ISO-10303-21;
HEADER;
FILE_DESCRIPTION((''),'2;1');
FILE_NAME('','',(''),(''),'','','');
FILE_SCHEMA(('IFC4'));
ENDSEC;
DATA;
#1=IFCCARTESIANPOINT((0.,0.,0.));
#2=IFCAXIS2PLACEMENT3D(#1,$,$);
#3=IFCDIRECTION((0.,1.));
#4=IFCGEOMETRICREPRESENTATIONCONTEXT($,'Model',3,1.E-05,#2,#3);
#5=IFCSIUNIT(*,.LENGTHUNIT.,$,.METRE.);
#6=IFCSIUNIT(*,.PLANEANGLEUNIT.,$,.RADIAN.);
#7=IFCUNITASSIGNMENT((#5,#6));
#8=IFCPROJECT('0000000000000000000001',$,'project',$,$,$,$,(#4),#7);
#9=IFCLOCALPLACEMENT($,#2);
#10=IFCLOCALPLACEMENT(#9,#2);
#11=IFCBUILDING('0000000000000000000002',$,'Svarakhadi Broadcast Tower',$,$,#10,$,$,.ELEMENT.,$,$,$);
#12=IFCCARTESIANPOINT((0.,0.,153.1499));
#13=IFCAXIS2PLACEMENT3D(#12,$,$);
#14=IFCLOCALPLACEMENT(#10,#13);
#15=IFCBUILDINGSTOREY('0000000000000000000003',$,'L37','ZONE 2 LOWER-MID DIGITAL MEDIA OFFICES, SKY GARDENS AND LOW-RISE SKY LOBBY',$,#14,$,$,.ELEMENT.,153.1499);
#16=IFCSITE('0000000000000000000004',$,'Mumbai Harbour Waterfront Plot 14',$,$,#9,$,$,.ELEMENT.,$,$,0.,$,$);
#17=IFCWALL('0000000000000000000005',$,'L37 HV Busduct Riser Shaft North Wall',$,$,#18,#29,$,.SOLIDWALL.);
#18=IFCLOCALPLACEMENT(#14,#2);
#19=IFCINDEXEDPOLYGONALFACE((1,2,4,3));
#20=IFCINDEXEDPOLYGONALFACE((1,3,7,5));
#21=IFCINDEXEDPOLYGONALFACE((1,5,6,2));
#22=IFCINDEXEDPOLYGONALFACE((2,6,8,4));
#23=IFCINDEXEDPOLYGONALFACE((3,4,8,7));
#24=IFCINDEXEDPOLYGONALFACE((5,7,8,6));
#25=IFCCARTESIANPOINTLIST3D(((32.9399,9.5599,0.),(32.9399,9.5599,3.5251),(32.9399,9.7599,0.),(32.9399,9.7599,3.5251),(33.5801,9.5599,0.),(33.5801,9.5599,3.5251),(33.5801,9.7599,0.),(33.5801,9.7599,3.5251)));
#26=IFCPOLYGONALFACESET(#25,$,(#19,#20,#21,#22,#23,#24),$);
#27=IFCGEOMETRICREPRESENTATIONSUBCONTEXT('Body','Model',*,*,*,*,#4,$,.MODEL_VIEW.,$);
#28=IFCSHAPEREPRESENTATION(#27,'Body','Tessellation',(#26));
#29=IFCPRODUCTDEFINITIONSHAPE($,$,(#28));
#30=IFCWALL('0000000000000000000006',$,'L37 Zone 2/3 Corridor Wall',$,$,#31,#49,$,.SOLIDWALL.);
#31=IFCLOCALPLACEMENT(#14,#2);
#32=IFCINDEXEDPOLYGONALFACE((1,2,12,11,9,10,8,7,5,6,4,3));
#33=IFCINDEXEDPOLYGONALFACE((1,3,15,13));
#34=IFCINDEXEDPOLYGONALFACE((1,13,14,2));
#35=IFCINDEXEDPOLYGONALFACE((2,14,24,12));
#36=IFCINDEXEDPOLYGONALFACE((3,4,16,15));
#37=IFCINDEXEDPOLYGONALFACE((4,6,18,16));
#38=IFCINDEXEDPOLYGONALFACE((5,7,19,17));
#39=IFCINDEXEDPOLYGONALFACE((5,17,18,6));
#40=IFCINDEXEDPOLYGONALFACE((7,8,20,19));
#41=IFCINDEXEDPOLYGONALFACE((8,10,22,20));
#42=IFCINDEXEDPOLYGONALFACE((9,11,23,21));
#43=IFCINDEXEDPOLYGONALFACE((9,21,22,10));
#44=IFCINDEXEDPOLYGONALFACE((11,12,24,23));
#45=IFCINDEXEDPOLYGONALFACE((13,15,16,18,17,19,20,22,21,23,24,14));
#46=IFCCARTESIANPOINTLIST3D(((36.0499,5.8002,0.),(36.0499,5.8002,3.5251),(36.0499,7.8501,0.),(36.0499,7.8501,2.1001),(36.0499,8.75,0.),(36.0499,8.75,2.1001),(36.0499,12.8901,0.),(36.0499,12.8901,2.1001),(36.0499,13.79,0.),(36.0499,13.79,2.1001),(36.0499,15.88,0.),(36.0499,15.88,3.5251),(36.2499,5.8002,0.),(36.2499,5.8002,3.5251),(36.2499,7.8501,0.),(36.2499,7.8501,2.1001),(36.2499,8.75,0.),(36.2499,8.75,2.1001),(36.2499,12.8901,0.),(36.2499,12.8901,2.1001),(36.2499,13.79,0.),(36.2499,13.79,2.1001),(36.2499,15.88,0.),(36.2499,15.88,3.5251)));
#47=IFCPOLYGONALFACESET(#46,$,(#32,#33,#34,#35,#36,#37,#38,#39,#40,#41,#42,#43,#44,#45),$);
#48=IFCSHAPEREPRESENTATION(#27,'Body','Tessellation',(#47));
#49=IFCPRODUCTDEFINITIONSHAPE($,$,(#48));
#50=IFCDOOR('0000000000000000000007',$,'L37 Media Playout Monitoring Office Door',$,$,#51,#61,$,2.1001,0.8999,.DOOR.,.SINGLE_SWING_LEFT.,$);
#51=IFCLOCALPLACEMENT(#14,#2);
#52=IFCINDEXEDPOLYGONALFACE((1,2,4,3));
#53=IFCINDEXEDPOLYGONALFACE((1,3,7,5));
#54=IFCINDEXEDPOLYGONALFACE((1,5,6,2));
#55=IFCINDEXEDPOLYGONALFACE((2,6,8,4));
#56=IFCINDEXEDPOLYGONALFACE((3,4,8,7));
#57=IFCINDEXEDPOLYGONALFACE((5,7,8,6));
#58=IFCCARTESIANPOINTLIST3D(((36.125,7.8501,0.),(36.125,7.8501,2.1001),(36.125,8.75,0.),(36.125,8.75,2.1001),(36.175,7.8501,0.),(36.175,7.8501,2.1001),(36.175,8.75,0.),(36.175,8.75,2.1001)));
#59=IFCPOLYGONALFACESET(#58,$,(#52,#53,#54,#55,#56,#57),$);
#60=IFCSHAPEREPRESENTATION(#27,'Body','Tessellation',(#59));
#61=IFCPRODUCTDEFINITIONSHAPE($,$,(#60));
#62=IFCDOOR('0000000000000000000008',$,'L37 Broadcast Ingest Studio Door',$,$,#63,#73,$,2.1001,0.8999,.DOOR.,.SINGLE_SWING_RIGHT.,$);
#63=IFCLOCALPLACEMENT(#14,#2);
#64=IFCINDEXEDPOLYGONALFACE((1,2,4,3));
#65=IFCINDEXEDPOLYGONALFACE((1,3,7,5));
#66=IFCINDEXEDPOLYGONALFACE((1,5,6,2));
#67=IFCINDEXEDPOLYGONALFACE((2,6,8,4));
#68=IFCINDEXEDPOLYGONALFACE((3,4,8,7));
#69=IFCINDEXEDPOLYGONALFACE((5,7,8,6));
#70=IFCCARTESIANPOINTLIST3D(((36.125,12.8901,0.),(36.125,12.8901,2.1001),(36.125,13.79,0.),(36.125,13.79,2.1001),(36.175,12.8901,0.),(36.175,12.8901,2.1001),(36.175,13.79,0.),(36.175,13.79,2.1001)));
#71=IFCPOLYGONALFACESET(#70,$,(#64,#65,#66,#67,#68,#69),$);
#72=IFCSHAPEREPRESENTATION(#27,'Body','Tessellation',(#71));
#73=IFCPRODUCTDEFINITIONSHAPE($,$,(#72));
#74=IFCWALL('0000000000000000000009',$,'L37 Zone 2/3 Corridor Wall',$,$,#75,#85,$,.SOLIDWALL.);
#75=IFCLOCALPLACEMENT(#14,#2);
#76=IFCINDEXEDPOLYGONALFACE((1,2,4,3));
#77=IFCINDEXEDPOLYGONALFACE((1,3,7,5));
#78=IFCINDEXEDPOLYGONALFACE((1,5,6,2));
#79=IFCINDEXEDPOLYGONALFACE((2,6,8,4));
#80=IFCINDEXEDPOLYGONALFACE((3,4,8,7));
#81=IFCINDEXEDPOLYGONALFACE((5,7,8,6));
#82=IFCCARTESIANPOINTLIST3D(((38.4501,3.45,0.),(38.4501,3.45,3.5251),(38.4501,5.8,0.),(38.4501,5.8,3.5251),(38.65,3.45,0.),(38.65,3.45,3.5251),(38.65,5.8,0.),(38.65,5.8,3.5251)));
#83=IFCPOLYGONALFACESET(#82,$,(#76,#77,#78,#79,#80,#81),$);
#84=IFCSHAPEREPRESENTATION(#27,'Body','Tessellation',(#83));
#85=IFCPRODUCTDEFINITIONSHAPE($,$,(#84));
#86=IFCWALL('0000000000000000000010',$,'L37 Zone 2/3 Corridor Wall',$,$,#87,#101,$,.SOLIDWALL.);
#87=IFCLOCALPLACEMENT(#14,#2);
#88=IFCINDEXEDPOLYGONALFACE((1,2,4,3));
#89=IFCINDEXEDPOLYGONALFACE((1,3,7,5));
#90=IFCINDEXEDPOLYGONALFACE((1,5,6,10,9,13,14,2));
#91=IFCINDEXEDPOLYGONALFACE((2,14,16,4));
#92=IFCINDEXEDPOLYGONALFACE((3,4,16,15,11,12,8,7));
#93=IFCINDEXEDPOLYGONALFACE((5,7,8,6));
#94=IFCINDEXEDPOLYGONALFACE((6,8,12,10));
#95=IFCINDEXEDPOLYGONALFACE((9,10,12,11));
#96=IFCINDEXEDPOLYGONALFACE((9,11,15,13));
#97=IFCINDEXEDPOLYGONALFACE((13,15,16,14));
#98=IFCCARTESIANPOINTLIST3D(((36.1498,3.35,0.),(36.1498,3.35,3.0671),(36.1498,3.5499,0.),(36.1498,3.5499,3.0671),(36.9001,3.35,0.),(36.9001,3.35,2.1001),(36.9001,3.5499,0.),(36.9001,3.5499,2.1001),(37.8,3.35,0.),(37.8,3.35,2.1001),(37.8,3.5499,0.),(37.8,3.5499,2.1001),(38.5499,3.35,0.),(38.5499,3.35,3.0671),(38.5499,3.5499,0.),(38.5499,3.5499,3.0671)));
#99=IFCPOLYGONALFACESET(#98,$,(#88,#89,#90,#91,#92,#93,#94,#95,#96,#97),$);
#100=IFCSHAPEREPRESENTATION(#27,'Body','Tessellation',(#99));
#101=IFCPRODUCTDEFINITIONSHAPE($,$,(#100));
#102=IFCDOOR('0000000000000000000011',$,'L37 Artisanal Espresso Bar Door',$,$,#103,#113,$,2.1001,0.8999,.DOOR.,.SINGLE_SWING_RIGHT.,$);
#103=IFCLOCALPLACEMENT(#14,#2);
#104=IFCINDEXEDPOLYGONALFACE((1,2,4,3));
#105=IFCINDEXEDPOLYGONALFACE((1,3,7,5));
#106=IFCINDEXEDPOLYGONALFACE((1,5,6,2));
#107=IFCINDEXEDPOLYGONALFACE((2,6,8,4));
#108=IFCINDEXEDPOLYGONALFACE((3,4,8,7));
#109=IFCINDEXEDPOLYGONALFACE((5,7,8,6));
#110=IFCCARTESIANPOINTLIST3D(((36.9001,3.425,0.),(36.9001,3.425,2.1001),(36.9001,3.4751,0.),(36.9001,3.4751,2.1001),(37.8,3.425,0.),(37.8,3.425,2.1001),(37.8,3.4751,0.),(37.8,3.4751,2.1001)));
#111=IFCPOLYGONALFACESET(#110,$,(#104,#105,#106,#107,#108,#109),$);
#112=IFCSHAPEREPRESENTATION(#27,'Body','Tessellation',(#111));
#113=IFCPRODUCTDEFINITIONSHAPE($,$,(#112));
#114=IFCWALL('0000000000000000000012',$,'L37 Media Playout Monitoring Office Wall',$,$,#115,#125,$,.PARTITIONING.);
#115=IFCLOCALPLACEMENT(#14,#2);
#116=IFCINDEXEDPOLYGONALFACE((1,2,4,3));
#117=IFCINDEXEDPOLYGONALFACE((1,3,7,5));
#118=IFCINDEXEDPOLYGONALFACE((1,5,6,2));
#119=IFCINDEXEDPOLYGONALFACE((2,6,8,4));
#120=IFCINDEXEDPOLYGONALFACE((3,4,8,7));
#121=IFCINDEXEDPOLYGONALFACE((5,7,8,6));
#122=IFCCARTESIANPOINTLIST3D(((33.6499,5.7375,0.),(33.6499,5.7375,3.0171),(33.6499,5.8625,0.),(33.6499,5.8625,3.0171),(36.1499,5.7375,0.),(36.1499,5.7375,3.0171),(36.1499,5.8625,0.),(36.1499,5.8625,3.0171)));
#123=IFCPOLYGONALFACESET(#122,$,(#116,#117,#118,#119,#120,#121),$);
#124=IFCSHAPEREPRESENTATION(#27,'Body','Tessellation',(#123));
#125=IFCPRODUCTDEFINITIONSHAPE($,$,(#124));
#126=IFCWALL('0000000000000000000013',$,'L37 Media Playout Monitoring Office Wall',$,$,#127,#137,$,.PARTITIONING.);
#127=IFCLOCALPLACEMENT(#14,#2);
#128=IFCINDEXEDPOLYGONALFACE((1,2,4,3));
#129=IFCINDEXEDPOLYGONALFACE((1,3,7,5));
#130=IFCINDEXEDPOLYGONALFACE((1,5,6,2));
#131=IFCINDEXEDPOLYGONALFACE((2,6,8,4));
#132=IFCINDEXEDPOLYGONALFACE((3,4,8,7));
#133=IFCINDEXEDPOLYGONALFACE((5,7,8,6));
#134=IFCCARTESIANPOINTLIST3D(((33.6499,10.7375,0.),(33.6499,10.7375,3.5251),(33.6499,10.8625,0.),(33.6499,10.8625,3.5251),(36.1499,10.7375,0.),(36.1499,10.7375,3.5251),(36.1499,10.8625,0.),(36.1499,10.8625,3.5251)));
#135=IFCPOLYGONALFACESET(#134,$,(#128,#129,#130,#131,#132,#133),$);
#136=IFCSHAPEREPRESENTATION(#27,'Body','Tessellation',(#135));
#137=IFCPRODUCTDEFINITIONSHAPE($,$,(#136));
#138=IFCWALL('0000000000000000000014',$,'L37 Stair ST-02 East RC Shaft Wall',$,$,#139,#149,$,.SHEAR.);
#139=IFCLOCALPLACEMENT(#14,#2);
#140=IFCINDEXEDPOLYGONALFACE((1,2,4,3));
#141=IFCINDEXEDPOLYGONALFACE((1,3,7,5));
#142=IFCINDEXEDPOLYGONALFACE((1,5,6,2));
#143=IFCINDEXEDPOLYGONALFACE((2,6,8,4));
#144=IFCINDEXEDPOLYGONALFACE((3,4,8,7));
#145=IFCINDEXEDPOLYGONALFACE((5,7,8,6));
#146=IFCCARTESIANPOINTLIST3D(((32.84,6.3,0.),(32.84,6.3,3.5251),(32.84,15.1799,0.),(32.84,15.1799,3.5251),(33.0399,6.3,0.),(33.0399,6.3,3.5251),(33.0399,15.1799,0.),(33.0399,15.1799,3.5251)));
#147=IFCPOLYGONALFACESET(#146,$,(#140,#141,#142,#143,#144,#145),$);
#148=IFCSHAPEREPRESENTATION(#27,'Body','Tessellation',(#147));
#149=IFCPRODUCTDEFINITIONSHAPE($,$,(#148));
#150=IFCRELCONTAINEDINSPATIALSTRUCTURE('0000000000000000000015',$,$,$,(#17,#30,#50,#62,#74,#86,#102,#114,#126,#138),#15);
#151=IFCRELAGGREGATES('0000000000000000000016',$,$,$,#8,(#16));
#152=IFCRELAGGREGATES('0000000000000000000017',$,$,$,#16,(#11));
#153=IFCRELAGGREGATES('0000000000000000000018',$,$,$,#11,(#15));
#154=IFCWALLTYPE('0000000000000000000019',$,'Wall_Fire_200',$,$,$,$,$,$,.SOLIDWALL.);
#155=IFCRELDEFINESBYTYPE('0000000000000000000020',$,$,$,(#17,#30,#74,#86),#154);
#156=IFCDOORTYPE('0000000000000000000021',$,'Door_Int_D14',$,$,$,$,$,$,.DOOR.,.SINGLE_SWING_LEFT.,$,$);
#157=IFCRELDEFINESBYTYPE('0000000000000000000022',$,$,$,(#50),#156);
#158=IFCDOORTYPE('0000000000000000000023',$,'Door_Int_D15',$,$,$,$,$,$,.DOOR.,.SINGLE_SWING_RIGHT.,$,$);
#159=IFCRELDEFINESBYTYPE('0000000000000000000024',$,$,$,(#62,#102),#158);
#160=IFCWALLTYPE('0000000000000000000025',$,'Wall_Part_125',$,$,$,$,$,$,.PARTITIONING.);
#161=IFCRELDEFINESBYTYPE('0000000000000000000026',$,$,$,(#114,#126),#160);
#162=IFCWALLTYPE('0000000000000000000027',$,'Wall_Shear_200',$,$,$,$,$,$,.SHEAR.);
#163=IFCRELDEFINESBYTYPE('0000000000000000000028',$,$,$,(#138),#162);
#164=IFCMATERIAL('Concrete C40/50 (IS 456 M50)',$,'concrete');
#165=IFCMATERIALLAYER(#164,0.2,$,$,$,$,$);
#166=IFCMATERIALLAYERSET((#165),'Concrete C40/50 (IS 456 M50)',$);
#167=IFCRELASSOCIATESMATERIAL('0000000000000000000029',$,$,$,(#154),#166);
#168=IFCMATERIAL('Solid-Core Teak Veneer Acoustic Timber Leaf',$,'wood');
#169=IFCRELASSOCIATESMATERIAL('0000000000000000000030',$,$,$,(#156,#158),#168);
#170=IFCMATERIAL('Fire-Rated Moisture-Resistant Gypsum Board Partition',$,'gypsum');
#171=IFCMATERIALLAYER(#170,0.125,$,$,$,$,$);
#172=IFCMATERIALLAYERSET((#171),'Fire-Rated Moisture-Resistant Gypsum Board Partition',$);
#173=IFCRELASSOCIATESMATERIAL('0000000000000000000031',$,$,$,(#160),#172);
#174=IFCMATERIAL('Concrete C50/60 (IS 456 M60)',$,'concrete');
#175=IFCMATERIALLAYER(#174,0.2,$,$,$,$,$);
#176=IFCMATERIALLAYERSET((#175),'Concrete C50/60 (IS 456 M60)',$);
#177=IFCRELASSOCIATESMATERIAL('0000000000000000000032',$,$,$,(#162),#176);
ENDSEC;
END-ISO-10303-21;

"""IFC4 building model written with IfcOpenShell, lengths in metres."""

from ifc_helpers import new_model, si_unit, direction, frame, frame_2d, origin, place, context, subcontext, project, spatial, rectangle, extrude, material, layer, layer_set, type_object, element, fill, save


model = new_model("IFC4")

# Units and contexts
model_context = context("Model", 3, precision=1e-05, world=origin(), true_north=direction((0.0, 1.0)))
body_context = subcontext(model_context, "Body", "Model", "MODEL_VIEW")
ifc_project = project(units=[si_unit("LENGTHUNIT", "METRE"), si_unit("PLANEANGLEUNIT", "RADIAN")], contexts=[model_context])

# Site, building, storey
site_placement = place(None, origin())
site = spatial("IfcSite", under=ifc_project, at=site_placement, Name="Mumbai Harbour Waterfront Plot 14", CompositionType="ELEMENT", RefElevation=0.0)
building_placement = place(site_placement, origin())
building = spatial("IfcBuilding", under=site, at=building_placement, Name="Svarakhadi Broadcast Tower", CompositionType="ELEMENT")
storey_placement = place(building_placement, frame((0.0, 0.0, 153.1499)))
storey = spatial("IfcBuildingStorey", under=building, at=storey_placement, Name="L37", Description="ZONE 2 LOWER-MID DIGITAL MEDIA OFFICES, SKY GARDENS AND LOW-RISE SKY LOBBY", CompositionType="ELEMENT", Elevation=153.1499)

# Shared definitions
ifc_material_1 = material(Name="Concrete C50/60 (IS 456 M60)", Category="concrete")

# Wall
ifc_material_2 = material(Name="Concrete C40/50 (IS 456 M50)", Category="concrete")
ifc_layer_1 = layer(ifc_material_2, 0.2)
ifc_layer_set_1 = layer_set([ifc_layer_1], Name="Concrete C40/50 (IS 456 M50)")
wall_type_1 = type_object("IfcWallType", Name="Wall_Fire_200", PredefinedType="SOLIDWALL", material=ifc_layer_set_1)
wall_1_placement = place(storey_placement, frame((32.9399, 9.6599, 0.0), z_axis=(0.0, 0.0, 1.0), x_axis=(1.0, 0.0, 0.0)))
element("IfcWall", 1, at=wall_1_placement, inside=storey, type_object=wall_type_1, Name="L37 HV Busduct Riser Shaft North Wall", PredefinedType="SOLIDWALL", context=body_context, shape_type="SweptSolid", body=[
    extrude(rectangle(XDim=0.6401, YDim=0.2, at=frame_2d((0.3201, 0.0))), origin(), (0.0, 0.0, 1.0), 3.5251),
])

# Wall, openings, doors
wall_2_placement = place(storey_placement, frame((36.1499, 5.8, 0.0), z_axis=(0.0, 0.0, 1.0), x_axis=(0.0, 1.0, 0.0)))
wall_2 = element("IfcWall", 2, at=wall_2_placement, inside=storey, type_object=wall_type_1, Name="L37 Zone 2/3 Corridor Wall", PredefinedType="SOLIDWALL", context=body_context, shape_type="SweptSolid", body=[
    extrude(rectangle(XDim=10.0798, YDim=0.2, at=frame_2d((5.04, 0.0))), origin(), (0.0, 0.0, 1.0), 3.5251),
])
opening_1_placement = place(wall_2_placement, frame((2.05, 0.0, 0.0)))
opening_1 = element("IfcOpeningElement", 3, at=opening_1_placement, cuts=wall_2, PredefinedType="OPENING", context=body_context, shape_type="SweptSolid", body=[
    extrude(rectangle(XDim=0.8999, YDim=2.1001, at=frame_2d((0.45, 1.05))), frame((0.0, 0.1099, 0.0), z_axis=(0.0, -1.0, 0.0), x_axis=(1.0, 0.0, 0.0)), (0.0, 0.0, 1.0), 0.22),
])
opening_2_placement = place(wall_2_placement, frame((7.0901, 0.0, 0.0)))
opening_2 = element("IfcOpeningElement", 4, at=opening_2_placement, cuts=wall_2, PredefinedType="OPENING", context=body_context, shape_type="SweptSolid", body=[
    extrude(rectangle(XDim=0.8999, YDim=2.1001, at=frame_2d((0.45, 1.05))), frame((0.0, 0.1099, 0.0), z_axis=(0.0, -1.0, 0.0), x_axis=(1.0, 0.0, 0.0)), (0.0, 0.0, 1.0), 0.22),
])
ifc_material_3 = material(Name="Solid-Core Teak Veneer Acoustic Timber Leaf", Category="wood")
door_type_1 = type_object("IfcDoorType", Name="Door_Int_D14", OperationType="SINGLE_SWING_LEFT", PredefinedType="DOOR", material=ifc_material_3)
door_1_placement = place(opening_1_placement, origin())
door_1 = element("IfcDoor", 5, at=door_1_placement, inside=storey, type_object=door_type_1, Name="L37 Media Playout Monitoring Office Door", OperationType="SINGLE_SWING_LEFT", OverallHeight=2.1001, OverallWidth=0.8999, PredefinedType="DOOR", context=body_context, shape_type="SweptSolid", body=[
    extrude(rectangle(XDim=0.8999, YDim=2.1001, at=frame_2d((0.45, 1.05))), frame((0.0, 0.0249, 0.0), z_axis=(0.0, -1.0, 0.0), x_axis=(1.0, 0.0, 0.0)), (0.0, 0.0, 1.0), 0.05),
])
fill(opening_1, door_1)
door_type_2 = type_object("IfcDoorType", Name="Door_Int_D15", OperationType="SINGLE_SWING_RIGHT", PredefinedType="DOOR", material=ifc_material_3)
door_2_placement = place(opening_2_placement, origin())
door_2 = element("IfcDoor", 6, at=door_2_placement, inside=storey, type_object=door_type_2, Name="L37 Broadcast Ingest Studio Door", OperationType="SINGLE_SWING_RIGHT", OverallHeight=2.1001, OverallWidth=0.8999, PredefinedType="DOOR", context=body_context, shape_type="SweptSolid", body=[
    extrude(rectangle(XDim=0.8999, YDim=2.1001, at=frame_2d((0.45, 1.05))), frame((0.0, 0.0249, 0.0), z_axis=(0.0, -1.0, 0.0), x_axis=(1.0, 0.0, 0.0)), (0.0, 0.0, 1.0), 0.05),
])
fill(opening_2, door_2)

# Wall
wall_3_placement = place(storey_placement, frame((38.55, 5.8, 0.0), z_axis=(0.0, 0.0, 1.0), x_axis=(0.0, -1.0, 0.0)))
element("IfcWall", 7, at=wall_3_placement, inside=storey, type_object=wall_type_1, Name="L37 Zone 2/3 Corridor Wall", PredefinedType="SOLIDWALL", context=body_context, shape_type="SweptSolid", body=[
    extrude(rectangle(XDim=2.3501, YDim=0.2, at=frame_2d((1.175, 0.0))), origin(), (0.0, 0.0, 1.0), 3.5251),
])

# Wall, opening, door
wall_4_placement = place(storey_placement, frame((38.55, 3.45, 0.0), z_axis=(0.0, 0.0, 1.0), x_axis=(-1.0, 0.0, 0.0)))
wall_4 = element("IfcWall", 8, at=wall_4_placement, inside=storey, type_object=wall_type_1, Name="L37 Zone 2/3 Corridor Wall", PredefinedType="SOLIDWALL", context=body_context, shape_type="SweptSolid", body=[
    extrude(rectangle(XDim=2.4001, YDim=0.2, at=frame_2d((1.2002, 0.0))), origin(), (0.0, 0.0, 1.0), 3.0671),
])
opening_3_placement = place(wall_4_placement, frame((0.75, 0.0, 0.0)))
opening_3 = element("IfcOpeningElement", 9, at=opening_3_placement, cuts=wall_4, PredefinedType="OPENING", context=body_context, shape_type="SweptSolid", body=[
    extrude(rectangle(XDim=0.8999, YDim=2.1001, at=frame_2d((0.45, 1.05))), frame((0.0, 0.1099, 0.0), z_axis=(0.0, -1.0, 0.0), x_axis=(1.0, 0.0, 0.0)), (0.0, 0.0, 1.0), 0.22),
])
door_3_placement = place(opening_3_placement, origin())
door_3 = element("IfcDoor", 10, at=door_3_placement, inside=storey, type_object=door_type_2, Name="L37 Artisanal Espresso Bar Door", OperationType="SINGLE_SWING_RIGHT", OverallHeight=2.1001, OverallWidth=0.8999, PredefinedType="DOOR", context=body_context, shape_type="SweptSolid", body=[
    extrude(rectangle(XDim=0.8999, YDim=2.1001, at=frame_2d((0.45, 1.05))), frame((0.0, 0.0249, 0.0), z_axis=(0.0, -1.0, 0.0), x_axis=(1.0, 0.0, 0.0)), (0.0, 0.0, 1.0), 0.05),
])
fill(opening_3, door_3)

# Walls
ifc_material_4 = material(Name="Fire-Rated Moisture-Resistant Gypsum Board Partition", Category="gypsum")
ifc_layer_2 = layer(ifc_material_4, 0.125)
ifc_layer_set_2 = layer_set([ifc_layer_2], Name="Fire-Rated Moisture-Resistant Gypsum Board Partition")
wall_type_2 = type_object("IfcWallType", Name="Wall_Part_125", PredefinedType="PARTITIONING", material=ifc_layer_set_2)
wall_5_placement = place(storey_placement, frame((33.6499, 5.8, 0.0), z_axis=(0.0, 0.0, 1.0), x_axis=(1.0, 0.0, 0.0)))
element("IfcWall", 11, at=wall_5_placement, inside=storey, type_object=wall_type_2, Name="L37 Media Playout Monitoring Office Wall", PredefinedType="PARTITIONING", context=body_context, shape_type="SweptSolid", body=[
    extrude(rectangle(XDim=2.5, YDim=0.125, at=frame_2d((1.25, 0.0))), origin(), (0.0, 0.0, 1.0), 3.0171),
])
wall_6_placement = place(storey_placement, frame((33.6499, 10.8, 0.0), z_axis=(0.0, 0.0, 1.0), x_axis=(1.0, 0.0, 0.0)))
element("IfcWall", 12, at=wall_6_placement, inside=storey, type_object=wall_type_2, Name="L37 Media Playout Monitoring Office Wall", PredefinedType="PARTITIONING", context=body_context, shape_type="SweptSolid", body=[
    extrude(rectangle(XDim=2.5, YDim=0.125, at=frame_2d((1.25, 0.0))), origin(), (0.0, 0.0, 1.0), 3.5251),
])
ifc_layer_3 = layer(ifc_material_1, 0.2)
ifc_layer_set_3 = layer_set([ifc_layer_3], Name="Concrete C50/60 (IS 456 M60)")
wall_type_3 = type_object("IfcWallType", Name="Wall_Shear_200", PredefinedType="SHEAR", material=ifc_layer_set_3)
wall_7_placement = place(storey_placement, frame((32.9399, 6.3, 0.0), z_axis=(0.0, 0.0, 1.0), x_axis=(0.0, 1.0, 0.0)))
element("IfcWall", 13, at=wall_7_placement, inside=storey, type_object=wall_type_3, Name="L37 Stair ST-02 East RC Shaft Wall", PredefinedType="SHEAR", context=body_context, shape_type="SweptSolid", body=[
    extrude(rectangle(XDim=8.8799, YDim=0.2, at=frame_2d((4.4399, 0.0))), origin(), (0.0, 0.0, 1.0), 3.5251),
])

save(model, "model.ifc")
